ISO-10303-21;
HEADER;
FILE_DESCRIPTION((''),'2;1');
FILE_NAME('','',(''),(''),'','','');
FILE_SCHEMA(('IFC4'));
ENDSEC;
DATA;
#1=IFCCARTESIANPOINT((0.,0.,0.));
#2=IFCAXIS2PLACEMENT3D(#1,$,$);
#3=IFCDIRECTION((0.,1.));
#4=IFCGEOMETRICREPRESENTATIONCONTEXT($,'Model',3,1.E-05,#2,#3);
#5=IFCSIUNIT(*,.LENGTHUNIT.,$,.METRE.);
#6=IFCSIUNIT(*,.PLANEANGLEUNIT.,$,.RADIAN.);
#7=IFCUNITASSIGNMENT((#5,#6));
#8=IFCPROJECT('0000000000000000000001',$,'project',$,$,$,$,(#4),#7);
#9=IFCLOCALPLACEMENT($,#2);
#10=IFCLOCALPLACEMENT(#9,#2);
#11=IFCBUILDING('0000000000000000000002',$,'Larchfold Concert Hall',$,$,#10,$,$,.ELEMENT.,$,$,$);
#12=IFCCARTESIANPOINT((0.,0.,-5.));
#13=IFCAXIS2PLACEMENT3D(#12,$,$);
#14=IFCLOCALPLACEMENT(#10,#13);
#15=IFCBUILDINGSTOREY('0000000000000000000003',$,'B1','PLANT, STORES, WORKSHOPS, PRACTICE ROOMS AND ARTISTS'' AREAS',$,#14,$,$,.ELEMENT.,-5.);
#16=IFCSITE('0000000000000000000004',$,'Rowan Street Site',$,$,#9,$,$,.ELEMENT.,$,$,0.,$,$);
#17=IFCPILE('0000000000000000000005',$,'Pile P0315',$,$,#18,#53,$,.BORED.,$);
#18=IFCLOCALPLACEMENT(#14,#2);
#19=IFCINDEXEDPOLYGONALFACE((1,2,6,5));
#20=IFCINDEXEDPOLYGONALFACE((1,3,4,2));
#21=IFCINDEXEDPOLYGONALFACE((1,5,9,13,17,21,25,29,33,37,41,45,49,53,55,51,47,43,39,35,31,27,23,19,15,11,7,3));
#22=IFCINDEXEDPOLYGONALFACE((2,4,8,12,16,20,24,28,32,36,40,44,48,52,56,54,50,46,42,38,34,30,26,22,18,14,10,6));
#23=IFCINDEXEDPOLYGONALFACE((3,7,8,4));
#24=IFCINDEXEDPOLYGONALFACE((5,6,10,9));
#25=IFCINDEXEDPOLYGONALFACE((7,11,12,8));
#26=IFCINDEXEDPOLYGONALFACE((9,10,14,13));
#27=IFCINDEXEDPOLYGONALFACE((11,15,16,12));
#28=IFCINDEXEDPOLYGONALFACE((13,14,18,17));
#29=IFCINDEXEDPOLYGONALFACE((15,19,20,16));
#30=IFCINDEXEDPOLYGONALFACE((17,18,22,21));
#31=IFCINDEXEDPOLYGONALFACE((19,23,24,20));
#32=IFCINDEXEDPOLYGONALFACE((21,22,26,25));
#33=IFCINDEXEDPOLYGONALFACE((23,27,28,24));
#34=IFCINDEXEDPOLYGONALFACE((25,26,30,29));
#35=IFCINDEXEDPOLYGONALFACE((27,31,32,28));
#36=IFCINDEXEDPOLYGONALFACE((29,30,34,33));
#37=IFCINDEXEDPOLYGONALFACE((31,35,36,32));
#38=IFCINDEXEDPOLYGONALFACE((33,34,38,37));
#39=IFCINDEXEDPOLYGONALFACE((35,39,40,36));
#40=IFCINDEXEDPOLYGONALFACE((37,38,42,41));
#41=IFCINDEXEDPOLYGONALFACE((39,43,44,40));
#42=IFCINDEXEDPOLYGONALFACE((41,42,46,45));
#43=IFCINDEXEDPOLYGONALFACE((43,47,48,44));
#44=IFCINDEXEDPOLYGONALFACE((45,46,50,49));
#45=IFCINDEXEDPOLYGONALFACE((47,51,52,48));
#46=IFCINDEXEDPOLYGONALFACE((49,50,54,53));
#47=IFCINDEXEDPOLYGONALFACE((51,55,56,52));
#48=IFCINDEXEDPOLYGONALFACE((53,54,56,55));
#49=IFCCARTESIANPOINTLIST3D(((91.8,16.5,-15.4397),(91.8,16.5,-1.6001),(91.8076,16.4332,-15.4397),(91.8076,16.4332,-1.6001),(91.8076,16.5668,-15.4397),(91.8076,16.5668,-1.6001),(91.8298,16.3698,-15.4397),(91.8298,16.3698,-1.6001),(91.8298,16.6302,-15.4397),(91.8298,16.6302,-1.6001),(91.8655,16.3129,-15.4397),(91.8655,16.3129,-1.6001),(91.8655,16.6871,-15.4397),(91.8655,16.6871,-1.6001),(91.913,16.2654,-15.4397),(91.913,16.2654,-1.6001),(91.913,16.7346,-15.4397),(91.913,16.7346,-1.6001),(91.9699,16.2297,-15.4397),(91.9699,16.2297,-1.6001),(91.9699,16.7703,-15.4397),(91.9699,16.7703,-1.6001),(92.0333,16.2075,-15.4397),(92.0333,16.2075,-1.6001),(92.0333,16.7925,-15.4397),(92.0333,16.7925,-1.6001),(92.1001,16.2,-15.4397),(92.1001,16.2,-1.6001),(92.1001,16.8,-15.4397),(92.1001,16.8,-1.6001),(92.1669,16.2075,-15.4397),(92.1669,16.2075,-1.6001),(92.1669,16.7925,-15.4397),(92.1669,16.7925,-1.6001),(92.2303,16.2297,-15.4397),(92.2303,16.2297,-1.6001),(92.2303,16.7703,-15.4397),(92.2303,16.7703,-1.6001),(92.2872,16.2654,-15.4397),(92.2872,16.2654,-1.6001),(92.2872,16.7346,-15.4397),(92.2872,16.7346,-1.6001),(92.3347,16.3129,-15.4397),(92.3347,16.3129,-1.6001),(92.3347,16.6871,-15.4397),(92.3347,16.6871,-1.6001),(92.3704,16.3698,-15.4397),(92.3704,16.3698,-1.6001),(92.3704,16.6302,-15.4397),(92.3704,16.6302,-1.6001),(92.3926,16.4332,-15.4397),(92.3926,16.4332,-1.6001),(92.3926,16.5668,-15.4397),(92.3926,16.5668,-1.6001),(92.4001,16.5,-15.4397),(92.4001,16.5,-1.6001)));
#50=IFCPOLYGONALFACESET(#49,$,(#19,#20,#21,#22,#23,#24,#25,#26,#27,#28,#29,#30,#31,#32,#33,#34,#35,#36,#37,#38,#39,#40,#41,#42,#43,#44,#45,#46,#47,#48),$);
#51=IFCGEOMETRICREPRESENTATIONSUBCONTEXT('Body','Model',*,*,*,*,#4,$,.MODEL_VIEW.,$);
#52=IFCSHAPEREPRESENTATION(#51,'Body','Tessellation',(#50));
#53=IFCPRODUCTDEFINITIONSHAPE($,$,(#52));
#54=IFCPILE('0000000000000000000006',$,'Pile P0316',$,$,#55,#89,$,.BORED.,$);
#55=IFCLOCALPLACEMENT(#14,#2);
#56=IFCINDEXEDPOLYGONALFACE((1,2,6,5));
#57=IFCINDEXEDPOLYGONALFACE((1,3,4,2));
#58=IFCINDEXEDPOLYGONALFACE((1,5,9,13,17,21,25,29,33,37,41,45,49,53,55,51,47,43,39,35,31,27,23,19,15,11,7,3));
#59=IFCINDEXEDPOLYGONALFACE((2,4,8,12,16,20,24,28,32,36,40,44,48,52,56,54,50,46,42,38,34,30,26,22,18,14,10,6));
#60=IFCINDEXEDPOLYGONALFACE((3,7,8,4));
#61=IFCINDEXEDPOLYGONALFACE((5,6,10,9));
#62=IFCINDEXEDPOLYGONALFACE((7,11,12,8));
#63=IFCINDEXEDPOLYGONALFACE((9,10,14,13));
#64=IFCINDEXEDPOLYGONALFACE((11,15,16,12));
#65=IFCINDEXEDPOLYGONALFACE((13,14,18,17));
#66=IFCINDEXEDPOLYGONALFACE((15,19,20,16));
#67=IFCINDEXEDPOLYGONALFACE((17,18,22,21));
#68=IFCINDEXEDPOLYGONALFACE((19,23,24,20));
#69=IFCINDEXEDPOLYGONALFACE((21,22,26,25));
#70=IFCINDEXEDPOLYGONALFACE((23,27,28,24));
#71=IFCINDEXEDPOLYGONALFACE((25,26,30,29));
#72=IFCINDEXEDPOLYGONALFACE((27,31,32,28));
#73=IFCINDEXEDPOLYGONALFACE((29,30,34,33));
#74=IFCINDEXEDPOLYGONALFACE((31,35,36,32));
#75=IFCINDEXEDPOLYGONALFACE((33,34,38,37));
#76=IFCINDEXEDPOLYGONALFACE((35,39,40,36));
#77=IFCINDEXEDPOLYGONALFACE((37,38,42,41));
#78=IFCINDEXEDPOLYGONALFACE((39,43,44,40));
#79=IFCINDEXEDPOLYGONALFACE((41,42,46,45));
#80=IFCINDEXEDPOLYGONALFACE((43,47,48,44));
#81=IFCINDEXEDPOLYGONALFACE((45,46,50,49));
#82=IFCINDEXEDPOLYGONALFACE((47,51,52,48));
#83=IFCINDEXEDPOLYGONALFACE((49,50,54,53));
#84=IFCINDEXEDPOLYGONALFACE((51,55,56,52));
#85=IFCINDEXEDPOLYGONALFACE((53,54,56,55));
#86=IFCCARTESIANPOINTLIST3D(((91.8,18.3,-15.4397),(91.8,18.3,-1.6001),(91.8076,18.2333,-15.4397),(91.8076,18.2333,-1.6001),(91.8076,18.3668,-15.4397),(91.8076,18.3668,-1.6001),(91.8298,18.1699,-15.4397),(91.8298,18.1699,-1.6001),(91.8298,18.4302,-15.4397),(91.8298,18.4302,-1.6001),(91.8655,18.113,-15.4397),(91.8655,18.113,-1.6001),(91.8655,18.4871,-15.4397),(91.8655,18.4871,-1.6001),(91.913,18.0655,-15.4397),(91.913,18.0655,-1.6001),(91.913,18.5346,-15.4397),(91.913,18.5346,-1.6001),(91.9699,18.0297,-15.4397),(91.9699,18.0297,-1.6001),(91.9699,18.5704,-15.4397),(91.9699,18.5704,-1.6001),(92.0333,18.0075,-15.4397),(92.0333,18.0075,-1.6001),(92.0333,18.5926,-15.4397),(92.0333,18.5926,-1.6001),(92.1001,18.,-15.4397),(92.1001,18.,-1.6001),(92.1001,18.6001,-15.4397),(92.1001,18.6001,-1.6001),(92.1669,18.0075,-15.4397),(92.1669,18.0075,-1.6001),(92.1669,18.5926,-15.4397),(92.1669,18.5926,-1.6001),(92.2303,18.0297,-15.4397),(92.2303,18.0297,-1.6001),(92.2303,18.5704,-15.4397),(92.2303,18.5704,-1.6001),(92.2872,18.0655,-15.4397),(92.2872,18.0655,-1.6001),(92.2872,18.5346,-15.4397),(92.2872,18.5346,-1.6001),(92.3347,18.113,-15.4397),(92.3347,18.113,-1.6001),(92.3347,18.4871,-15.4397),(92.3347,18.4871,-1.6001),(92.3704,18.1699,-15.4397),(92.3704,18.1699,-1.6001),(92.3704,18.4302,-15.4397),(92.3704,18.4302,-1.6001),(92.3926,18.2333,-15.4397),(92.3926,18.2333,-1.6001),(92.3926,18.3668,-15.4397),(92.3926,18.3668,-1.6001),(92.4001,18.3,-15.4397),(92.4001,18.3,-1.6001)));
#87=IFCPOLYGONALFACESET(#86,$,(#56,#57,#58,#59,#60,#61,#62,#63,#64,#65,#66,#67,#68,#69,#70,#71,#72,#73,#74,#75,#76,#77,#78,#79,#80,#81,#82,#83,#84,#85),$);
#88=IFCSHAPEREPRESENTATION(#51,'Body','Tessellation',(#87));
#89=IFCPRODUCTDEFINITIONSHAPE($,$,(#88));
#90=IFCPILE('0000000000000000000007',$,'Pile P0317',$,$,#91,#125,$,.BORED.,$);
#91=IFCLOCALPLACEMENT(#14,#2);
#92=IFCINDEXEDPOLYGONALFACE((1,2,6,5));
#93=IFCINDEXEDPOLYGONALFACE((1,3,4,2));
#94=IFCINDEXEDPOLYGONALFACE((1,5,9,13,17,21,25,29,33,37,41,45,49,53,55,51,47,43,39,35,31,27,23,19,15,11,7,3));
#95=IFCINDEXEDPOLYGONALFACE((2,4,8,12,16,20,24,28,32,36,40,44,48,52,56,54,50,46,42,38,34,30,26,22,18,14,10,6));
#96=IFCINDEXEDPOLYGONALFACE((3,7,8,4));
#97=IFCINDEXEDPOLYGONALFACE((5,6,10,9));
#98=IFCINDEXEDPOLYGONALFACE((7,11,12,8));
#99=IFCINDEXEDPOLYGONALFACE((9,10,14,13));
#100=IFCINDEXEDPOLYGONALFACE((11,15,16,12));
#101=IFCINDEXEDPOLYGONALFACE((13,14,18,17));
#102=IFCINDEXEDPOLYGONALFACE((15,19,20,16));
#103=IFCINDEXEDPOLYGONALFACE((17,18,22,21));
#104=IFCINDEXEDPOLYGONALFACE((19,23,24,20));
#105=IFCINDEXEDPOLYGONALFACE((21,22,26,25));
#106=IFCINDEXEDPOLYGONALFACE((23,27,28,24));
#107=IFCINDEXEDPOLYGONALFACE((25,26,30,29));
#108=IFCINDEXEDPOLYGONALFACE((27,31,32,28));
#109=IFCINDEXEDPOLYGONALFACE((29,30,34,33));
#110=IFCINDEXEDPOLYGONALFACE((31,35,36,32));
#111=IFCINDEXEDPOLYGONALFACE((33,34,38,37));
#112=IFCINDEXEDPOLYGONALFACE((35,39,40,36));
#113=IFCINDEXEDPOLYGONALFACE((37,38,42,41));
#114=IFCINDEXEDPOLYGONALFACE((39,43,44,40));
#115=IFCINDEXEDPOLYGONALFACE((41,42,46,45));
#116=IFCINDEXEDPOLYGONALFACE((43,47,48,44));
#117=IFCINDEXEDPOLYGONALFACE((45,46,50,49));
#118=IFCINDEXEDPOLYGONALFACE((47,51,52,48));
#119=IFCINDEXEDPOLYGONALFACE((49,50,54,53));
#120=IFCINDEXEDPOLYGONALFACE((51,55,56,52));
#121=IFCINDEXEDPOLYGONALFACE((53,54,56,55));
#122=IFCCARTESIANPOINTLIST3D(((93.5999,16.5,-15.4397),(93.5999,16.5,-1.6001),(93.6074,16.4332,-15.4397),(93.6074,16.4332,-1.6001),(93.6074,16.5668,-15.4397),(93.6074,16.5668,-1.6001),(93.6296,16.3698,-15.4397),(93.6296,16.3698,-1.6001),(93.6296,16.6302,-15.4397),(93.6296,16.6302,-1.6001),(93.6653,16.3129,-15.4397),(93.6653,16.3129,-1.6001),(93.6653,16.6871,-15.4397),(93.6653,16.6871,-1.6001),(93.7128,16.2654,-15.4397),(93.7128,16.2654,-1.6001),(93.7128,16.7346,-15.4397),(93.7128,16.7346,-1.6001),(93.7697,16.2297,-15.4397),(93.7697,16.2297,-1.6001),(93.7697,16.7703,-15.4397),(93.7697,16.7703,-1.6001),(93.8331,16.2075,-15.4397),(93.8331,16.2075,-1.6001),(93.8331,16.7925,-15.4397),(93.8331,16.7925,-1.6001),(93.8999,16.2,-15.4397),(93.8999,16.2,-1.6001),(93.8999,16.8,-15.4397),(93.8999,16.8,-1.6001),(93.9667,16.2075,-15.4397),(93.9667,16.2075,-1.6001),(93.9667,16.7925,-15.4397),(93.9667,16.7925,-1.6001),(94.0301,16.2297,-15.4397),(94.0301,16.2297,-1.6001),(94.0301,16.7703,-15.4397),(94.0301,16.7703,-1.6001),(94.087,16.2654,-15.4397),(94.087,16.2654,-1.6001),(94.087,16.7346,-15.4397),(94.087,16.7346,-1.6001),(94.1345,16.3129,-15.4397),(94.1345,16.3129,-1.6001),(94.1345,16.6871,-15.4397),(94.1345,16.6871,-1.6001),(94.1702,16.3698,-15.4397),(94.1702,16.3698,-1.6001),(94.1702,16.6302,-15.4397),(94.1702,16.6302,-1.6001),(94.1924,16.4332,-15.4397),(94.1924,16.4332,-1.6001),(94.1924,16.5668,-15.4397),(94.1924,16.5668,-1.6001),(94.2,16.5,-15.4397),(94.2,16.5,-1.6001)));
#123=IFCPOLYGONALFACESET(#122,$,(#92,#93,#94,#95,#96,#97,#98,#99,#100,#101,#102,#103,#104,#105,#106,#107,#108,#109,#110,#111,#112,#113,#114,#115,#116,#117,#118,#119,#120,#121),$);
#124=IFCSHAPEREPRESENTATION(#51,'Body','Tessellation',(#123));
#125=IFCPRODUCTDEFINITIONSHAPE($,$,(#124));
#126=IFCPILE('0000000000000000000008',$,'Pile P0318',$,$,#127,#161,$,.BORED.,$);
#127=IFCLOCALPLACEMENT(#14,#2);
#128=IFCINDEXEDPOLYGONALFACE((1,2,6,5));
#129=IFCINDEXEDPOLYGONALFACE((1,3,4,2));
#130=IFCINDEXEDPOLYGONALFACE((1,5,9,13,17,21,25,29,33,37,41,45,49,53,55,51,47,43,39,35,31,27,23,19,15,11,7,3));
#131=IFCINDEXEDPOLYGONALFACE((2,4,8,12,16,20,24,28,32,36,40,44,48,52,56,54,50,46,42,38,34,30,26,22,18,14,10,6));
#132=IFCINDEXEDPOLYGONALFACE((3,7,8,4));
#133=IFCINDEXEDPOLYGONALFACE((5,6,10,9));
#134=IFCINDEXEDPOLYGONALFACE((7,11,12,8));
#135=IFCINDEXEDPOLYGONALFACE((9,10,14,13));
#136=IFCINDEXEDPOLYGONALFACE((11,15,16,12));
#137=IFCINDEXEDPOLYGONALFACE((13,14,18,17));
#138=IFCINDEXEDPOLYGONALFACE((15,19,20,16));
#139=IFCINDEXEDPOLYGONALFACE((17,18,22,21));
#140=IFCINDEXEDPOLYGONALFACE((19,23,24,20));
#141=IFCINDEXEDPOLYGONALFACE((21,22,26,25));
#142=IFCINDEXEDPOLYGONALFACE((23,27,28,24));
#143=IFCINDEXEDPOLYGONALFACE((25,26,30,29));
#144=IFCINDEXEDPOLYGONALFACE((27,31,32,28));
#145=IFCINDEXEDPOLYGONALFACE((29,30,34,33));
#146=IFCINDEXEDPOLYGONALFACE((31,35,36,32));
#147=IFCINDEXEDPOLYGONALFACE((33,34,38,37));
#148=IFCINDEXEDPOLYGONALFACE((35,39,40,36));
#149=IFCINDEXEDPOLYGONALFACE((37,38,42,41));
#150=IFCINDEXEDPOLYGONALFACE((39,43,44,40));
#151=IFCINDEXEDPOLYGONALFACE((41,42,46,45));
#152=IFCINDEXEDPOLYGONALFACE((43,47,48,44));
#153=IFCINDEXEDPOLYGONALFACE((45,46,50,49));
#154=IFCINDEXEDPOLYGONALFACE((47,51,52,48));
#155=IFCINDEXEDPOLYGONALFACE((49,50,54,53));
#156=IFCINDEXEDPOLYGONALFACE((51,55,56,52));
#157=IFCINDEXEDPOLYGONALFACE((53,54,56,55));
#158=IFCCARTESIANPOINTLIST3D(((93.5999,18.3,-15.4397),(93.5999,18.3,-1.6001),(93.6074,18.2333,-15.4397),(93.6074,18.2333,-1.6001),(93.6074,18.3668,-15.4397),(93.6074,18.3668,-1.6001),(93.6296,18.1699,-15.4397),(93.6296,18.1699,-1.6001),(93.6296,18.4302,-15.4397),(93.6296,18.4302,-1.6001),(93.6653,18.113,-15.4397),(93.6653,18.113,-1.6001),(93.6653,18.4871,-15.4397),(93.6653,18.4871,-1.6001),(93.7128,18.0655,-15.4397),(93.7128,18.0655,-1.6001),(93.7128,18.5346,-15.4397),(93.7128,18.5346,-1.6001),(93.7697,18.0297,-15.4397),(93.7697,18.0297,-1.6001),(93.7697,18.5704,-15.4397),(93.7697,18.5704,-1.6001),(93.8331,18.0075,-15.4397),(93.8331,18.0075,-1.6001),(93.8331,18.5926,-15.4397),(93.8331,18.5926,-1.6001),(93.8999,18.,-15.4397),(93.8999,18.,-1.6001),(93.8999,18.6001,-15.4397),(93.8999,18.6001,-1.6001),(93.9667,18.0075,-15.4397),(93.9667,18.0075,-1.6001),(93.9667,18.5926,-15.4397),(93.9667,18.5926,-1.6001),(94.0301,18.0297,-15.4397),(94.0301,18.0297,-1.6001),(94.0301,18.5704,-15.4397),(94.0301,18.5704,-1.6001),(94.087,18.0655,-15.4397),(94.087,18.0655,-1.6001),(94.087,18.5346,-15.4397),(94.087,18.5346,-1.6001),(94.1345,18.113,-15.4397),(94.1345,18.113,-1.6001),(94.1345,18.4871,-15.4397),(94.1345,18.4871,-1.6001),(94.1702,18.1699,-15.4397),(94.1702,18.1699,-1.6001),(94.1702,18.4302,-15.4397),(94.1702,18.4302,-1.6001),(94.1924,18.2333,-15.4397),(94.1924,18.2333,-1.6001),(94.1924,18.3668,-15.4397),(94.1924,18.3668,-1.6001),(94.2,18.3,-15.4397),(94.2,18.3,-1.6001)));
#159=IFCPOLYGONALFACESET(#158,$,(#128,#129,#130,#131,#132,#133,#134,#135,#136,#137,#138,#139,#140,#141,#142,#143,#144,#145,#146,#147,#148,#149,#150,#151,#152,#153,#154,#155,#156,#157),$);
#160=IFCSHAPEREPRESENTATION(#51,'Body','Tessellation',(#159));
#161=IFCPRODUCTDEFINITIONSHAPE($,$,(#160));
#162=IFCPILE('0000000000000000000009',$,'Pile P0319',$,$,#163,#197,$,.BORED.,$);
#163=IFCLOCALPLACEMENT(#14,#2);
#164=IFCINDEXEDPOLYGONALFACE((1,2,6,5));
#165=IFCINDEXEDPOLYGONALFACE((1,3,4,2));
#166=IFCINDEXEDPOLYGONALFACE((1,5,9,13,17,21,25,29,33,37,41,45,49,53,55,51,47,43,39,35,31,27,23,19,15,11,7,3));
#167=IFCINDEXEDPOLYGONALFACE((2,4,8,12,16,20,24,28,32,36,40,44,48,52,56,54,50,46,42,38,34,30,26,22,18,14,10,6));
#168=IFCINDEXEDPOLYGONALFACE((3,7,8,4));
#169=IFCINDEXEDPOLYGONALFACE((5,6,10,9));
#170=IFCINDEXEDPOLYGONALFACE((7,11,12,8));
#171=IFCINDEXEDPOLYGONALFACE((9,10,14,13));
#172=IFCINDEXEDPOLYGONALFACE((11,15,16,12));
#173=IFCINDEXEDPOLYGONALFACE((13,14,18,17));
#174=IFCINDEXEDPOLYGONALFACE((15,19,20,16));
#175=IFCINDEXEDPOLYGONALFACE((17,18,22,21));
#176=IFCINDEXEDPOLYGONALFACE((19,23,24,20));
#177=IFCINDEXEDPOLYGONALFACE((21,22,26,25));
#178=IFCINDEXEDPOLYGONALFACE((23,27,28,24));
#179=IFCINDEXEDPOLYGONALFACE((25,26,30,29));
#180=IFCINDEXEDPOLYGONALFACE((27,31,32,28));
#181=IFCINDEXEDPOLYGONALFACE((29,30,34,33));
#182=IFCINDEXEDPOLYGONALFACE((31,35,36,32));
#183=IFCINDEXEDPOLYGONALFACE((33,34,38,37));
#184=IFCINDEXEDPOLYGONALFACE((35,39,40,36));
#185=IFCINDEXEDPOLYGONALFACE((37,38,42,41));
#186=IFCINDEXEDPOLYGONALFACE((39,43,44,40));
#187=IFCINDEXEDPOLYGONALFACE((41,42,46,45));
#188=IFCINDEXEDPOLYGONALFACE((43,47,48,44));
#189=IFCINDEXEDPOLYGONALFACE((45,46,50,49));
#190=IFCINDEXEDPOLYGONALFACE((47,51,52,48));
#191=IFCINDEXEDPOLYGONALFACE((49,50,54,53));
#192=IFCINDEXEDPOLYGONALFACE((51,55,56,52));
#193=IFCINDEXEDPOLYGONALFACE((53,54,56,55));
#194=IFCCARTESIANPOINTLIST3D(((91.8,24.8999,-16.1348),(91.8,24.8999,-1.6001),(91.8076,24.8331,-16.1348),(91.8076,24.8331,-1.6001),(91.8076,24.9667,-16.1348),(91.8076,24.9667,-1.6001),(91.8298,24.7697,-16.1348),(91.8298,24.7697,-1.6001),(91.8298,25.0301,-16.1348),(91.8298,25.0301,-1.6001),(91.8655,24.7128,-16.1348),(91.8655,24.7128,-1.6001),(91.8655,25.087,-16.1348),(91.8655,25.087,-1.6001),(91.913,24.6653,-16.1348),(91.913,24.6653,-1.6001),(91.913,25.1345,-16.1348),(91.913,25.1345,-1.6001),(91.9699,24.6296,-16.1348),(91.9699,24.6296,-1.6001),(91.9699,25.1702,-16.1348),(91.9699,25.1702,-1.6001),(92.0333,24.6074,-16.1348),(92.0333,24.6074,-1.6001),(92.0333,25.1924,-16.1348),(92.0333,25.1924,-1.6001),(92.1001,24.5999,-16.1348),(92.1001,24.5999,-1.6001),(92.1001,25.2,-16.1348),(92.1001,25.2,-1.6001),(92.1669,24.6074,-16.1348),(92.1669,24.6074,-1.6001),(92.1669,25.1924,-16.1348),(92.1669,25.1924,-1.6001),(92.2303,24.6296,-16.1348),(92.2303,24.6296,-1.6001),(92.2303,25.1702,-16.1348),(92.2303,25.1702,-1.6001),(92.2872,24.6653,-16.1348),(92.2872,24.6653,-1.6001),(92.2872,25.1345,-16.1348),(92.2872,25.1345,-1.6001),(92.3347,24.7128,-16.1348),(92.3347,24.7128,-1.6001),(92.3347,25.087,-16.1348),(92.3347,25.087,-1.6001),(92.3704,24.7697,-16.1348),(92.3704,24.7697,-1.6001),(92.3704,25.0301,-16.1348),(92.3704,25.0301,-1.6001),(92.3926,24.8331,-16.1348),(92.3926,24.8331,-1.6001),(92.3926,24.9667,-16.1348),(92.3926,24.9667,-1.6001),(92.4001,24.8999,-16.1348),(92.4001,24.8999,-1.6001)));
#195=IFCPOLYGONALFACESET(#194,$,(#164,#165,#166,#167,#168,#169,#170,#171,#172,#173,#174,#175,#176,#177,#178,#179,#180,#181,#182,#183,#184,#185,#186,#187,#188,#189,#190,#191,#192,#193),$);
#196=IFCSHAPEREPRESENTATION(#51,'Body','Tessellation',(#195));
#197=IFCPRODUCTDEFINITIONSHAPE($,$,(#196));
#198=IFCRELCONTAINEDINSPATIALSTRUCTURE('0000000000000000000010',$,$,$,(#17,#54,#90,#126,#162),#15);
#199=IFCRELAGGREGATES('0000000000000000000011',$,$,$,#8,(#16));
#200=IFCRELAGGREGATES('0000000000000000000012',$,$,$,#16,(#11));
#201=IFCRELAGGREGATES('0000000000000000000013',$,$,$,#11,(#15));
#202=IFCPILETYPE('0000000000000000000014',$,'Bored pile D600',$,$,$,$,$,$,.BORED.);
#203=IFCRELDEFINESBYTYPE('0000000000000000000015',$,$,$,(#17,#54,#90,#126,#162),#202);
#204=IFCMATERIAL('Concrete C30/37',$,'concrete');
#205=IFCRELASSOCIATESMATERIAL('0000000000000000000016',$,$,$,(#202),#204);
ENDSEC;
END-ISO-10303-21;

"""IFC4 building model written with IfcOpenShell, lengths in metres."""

from ifc_helpers import new_model, si_unit, direction, frame, origin, origin_2d, place, context, subcontext, project, spatial, circle, extrude, material, material_profile, profile_set, type_object, element, save


model = new_model("IFC4")

# Units and contexts
model_context = context("Model", 3, precision=1e-05, world=origin(), true_north=direction((0.0, 1.0)))
body_context = subcontext(model_context, "Body", "Model", "MODEL_VIEW")
ifc_project = project(units=[si_unit("LENGTHUNIT", "METRE"), si_unit("PLANEANGLEUNIT", "RADIAN")], contexts=[model_context])

# Site, building, storey
site_placement = place(None, origin())
site = spatial("IfcSite", under=ifc_project, at=site_placement, Name="Rowan Street Site", CompositionType="ELEMENT", RefElevation=0.0)
building_placement = place(site_placement, origin())
building = spatial("IfcBuilding", under=site, at=building_placement, Name="Larchfold Concert Hall", CompositionType="ELEMENT")
storey_placement = place(building_placement, frame((0.0, 0.0, -5.0)))
storey = spatial("IfcBuildingStorey", under=building, at=storey_placement, Name="B1", Description="PLANT, STORES, WORKSHOPS, PRACTICE ROOMS AND ARTISTS' AREAS", CompositionType="ELEMENT", Elevation=-5.0)

# Piles
ifc_material_1 = material(Name="Concrete C30/37", Category="concrete")
ifc_material_profile_1 = material_profile(ifc_material_1, circle(Radius=0.3, at=origin_2d()))
ifc_profile_set_1 = profile_set([ifc_material_profile_1], Name="Concrete C30/37")
pile_type = type_object("IfcPileType", Name="Bored pile D600", PredefinedType="BORED", material=ifc_profile_set_1)
for number, where, z_axis, x_axis, name in (
    (1, (92.1001, 16.5, -1.6001), (0.0, 0.0, -1.0), (1.0, 0.0, 0.0), "Pile P0315"),
    (2, (92.1001, 18.3, -1.6001), (0.0, 0.0, -1.0), (1.0, 0.0, 0.0), "Pile P0316"),
    (3, (93.8999, 16.5, -1.6001), (0.0, 0.0, -1.0), (1.0, 0.0, 0.0), "Pile P0317"),
    (4, (93.8999, 18.3, -1.6001), (0.0, 0.0, -1.0), (1.0, 0.0, 0.0), "Pile P0318"),
):
    element("IfcPile", number, at=place(storey_placement, frame(where, z_axis=z_axis, x_axis=x_axis)), inside=storey, type_object=pile_type, Name=name, PredefinedType="BORED", context=body_context, shape_type="SweptSolid", body=[
        extrude(circle(Radius=0.3, at=origin_2d()), origin(), (0.0, 0.0, 1.0), 13.8396),
    ])
for number, where, z_axis, x_axis, name in (
    (5, (92.1001, 24.8999, -1.6001), (0.0, 0.0, -1.0), (1.0, 0.0, 0.0), "Pile P0319"),
):
    element("IfcPile", number, at=place(storey_placement, frame(where, z_axis=z_axis, x_axis=x_axis)), inside=storey, type_object=pile_type, Name=name, PredefinedType="BORED", context=body_context, shape_type="SweptSolid", body=[
        extrude(circle(Radius=0.3, at=origin_2d()), origin(), (0.0, 0.0, 1.0), 14.5347),
    ])

save(model, "model.ifc")
